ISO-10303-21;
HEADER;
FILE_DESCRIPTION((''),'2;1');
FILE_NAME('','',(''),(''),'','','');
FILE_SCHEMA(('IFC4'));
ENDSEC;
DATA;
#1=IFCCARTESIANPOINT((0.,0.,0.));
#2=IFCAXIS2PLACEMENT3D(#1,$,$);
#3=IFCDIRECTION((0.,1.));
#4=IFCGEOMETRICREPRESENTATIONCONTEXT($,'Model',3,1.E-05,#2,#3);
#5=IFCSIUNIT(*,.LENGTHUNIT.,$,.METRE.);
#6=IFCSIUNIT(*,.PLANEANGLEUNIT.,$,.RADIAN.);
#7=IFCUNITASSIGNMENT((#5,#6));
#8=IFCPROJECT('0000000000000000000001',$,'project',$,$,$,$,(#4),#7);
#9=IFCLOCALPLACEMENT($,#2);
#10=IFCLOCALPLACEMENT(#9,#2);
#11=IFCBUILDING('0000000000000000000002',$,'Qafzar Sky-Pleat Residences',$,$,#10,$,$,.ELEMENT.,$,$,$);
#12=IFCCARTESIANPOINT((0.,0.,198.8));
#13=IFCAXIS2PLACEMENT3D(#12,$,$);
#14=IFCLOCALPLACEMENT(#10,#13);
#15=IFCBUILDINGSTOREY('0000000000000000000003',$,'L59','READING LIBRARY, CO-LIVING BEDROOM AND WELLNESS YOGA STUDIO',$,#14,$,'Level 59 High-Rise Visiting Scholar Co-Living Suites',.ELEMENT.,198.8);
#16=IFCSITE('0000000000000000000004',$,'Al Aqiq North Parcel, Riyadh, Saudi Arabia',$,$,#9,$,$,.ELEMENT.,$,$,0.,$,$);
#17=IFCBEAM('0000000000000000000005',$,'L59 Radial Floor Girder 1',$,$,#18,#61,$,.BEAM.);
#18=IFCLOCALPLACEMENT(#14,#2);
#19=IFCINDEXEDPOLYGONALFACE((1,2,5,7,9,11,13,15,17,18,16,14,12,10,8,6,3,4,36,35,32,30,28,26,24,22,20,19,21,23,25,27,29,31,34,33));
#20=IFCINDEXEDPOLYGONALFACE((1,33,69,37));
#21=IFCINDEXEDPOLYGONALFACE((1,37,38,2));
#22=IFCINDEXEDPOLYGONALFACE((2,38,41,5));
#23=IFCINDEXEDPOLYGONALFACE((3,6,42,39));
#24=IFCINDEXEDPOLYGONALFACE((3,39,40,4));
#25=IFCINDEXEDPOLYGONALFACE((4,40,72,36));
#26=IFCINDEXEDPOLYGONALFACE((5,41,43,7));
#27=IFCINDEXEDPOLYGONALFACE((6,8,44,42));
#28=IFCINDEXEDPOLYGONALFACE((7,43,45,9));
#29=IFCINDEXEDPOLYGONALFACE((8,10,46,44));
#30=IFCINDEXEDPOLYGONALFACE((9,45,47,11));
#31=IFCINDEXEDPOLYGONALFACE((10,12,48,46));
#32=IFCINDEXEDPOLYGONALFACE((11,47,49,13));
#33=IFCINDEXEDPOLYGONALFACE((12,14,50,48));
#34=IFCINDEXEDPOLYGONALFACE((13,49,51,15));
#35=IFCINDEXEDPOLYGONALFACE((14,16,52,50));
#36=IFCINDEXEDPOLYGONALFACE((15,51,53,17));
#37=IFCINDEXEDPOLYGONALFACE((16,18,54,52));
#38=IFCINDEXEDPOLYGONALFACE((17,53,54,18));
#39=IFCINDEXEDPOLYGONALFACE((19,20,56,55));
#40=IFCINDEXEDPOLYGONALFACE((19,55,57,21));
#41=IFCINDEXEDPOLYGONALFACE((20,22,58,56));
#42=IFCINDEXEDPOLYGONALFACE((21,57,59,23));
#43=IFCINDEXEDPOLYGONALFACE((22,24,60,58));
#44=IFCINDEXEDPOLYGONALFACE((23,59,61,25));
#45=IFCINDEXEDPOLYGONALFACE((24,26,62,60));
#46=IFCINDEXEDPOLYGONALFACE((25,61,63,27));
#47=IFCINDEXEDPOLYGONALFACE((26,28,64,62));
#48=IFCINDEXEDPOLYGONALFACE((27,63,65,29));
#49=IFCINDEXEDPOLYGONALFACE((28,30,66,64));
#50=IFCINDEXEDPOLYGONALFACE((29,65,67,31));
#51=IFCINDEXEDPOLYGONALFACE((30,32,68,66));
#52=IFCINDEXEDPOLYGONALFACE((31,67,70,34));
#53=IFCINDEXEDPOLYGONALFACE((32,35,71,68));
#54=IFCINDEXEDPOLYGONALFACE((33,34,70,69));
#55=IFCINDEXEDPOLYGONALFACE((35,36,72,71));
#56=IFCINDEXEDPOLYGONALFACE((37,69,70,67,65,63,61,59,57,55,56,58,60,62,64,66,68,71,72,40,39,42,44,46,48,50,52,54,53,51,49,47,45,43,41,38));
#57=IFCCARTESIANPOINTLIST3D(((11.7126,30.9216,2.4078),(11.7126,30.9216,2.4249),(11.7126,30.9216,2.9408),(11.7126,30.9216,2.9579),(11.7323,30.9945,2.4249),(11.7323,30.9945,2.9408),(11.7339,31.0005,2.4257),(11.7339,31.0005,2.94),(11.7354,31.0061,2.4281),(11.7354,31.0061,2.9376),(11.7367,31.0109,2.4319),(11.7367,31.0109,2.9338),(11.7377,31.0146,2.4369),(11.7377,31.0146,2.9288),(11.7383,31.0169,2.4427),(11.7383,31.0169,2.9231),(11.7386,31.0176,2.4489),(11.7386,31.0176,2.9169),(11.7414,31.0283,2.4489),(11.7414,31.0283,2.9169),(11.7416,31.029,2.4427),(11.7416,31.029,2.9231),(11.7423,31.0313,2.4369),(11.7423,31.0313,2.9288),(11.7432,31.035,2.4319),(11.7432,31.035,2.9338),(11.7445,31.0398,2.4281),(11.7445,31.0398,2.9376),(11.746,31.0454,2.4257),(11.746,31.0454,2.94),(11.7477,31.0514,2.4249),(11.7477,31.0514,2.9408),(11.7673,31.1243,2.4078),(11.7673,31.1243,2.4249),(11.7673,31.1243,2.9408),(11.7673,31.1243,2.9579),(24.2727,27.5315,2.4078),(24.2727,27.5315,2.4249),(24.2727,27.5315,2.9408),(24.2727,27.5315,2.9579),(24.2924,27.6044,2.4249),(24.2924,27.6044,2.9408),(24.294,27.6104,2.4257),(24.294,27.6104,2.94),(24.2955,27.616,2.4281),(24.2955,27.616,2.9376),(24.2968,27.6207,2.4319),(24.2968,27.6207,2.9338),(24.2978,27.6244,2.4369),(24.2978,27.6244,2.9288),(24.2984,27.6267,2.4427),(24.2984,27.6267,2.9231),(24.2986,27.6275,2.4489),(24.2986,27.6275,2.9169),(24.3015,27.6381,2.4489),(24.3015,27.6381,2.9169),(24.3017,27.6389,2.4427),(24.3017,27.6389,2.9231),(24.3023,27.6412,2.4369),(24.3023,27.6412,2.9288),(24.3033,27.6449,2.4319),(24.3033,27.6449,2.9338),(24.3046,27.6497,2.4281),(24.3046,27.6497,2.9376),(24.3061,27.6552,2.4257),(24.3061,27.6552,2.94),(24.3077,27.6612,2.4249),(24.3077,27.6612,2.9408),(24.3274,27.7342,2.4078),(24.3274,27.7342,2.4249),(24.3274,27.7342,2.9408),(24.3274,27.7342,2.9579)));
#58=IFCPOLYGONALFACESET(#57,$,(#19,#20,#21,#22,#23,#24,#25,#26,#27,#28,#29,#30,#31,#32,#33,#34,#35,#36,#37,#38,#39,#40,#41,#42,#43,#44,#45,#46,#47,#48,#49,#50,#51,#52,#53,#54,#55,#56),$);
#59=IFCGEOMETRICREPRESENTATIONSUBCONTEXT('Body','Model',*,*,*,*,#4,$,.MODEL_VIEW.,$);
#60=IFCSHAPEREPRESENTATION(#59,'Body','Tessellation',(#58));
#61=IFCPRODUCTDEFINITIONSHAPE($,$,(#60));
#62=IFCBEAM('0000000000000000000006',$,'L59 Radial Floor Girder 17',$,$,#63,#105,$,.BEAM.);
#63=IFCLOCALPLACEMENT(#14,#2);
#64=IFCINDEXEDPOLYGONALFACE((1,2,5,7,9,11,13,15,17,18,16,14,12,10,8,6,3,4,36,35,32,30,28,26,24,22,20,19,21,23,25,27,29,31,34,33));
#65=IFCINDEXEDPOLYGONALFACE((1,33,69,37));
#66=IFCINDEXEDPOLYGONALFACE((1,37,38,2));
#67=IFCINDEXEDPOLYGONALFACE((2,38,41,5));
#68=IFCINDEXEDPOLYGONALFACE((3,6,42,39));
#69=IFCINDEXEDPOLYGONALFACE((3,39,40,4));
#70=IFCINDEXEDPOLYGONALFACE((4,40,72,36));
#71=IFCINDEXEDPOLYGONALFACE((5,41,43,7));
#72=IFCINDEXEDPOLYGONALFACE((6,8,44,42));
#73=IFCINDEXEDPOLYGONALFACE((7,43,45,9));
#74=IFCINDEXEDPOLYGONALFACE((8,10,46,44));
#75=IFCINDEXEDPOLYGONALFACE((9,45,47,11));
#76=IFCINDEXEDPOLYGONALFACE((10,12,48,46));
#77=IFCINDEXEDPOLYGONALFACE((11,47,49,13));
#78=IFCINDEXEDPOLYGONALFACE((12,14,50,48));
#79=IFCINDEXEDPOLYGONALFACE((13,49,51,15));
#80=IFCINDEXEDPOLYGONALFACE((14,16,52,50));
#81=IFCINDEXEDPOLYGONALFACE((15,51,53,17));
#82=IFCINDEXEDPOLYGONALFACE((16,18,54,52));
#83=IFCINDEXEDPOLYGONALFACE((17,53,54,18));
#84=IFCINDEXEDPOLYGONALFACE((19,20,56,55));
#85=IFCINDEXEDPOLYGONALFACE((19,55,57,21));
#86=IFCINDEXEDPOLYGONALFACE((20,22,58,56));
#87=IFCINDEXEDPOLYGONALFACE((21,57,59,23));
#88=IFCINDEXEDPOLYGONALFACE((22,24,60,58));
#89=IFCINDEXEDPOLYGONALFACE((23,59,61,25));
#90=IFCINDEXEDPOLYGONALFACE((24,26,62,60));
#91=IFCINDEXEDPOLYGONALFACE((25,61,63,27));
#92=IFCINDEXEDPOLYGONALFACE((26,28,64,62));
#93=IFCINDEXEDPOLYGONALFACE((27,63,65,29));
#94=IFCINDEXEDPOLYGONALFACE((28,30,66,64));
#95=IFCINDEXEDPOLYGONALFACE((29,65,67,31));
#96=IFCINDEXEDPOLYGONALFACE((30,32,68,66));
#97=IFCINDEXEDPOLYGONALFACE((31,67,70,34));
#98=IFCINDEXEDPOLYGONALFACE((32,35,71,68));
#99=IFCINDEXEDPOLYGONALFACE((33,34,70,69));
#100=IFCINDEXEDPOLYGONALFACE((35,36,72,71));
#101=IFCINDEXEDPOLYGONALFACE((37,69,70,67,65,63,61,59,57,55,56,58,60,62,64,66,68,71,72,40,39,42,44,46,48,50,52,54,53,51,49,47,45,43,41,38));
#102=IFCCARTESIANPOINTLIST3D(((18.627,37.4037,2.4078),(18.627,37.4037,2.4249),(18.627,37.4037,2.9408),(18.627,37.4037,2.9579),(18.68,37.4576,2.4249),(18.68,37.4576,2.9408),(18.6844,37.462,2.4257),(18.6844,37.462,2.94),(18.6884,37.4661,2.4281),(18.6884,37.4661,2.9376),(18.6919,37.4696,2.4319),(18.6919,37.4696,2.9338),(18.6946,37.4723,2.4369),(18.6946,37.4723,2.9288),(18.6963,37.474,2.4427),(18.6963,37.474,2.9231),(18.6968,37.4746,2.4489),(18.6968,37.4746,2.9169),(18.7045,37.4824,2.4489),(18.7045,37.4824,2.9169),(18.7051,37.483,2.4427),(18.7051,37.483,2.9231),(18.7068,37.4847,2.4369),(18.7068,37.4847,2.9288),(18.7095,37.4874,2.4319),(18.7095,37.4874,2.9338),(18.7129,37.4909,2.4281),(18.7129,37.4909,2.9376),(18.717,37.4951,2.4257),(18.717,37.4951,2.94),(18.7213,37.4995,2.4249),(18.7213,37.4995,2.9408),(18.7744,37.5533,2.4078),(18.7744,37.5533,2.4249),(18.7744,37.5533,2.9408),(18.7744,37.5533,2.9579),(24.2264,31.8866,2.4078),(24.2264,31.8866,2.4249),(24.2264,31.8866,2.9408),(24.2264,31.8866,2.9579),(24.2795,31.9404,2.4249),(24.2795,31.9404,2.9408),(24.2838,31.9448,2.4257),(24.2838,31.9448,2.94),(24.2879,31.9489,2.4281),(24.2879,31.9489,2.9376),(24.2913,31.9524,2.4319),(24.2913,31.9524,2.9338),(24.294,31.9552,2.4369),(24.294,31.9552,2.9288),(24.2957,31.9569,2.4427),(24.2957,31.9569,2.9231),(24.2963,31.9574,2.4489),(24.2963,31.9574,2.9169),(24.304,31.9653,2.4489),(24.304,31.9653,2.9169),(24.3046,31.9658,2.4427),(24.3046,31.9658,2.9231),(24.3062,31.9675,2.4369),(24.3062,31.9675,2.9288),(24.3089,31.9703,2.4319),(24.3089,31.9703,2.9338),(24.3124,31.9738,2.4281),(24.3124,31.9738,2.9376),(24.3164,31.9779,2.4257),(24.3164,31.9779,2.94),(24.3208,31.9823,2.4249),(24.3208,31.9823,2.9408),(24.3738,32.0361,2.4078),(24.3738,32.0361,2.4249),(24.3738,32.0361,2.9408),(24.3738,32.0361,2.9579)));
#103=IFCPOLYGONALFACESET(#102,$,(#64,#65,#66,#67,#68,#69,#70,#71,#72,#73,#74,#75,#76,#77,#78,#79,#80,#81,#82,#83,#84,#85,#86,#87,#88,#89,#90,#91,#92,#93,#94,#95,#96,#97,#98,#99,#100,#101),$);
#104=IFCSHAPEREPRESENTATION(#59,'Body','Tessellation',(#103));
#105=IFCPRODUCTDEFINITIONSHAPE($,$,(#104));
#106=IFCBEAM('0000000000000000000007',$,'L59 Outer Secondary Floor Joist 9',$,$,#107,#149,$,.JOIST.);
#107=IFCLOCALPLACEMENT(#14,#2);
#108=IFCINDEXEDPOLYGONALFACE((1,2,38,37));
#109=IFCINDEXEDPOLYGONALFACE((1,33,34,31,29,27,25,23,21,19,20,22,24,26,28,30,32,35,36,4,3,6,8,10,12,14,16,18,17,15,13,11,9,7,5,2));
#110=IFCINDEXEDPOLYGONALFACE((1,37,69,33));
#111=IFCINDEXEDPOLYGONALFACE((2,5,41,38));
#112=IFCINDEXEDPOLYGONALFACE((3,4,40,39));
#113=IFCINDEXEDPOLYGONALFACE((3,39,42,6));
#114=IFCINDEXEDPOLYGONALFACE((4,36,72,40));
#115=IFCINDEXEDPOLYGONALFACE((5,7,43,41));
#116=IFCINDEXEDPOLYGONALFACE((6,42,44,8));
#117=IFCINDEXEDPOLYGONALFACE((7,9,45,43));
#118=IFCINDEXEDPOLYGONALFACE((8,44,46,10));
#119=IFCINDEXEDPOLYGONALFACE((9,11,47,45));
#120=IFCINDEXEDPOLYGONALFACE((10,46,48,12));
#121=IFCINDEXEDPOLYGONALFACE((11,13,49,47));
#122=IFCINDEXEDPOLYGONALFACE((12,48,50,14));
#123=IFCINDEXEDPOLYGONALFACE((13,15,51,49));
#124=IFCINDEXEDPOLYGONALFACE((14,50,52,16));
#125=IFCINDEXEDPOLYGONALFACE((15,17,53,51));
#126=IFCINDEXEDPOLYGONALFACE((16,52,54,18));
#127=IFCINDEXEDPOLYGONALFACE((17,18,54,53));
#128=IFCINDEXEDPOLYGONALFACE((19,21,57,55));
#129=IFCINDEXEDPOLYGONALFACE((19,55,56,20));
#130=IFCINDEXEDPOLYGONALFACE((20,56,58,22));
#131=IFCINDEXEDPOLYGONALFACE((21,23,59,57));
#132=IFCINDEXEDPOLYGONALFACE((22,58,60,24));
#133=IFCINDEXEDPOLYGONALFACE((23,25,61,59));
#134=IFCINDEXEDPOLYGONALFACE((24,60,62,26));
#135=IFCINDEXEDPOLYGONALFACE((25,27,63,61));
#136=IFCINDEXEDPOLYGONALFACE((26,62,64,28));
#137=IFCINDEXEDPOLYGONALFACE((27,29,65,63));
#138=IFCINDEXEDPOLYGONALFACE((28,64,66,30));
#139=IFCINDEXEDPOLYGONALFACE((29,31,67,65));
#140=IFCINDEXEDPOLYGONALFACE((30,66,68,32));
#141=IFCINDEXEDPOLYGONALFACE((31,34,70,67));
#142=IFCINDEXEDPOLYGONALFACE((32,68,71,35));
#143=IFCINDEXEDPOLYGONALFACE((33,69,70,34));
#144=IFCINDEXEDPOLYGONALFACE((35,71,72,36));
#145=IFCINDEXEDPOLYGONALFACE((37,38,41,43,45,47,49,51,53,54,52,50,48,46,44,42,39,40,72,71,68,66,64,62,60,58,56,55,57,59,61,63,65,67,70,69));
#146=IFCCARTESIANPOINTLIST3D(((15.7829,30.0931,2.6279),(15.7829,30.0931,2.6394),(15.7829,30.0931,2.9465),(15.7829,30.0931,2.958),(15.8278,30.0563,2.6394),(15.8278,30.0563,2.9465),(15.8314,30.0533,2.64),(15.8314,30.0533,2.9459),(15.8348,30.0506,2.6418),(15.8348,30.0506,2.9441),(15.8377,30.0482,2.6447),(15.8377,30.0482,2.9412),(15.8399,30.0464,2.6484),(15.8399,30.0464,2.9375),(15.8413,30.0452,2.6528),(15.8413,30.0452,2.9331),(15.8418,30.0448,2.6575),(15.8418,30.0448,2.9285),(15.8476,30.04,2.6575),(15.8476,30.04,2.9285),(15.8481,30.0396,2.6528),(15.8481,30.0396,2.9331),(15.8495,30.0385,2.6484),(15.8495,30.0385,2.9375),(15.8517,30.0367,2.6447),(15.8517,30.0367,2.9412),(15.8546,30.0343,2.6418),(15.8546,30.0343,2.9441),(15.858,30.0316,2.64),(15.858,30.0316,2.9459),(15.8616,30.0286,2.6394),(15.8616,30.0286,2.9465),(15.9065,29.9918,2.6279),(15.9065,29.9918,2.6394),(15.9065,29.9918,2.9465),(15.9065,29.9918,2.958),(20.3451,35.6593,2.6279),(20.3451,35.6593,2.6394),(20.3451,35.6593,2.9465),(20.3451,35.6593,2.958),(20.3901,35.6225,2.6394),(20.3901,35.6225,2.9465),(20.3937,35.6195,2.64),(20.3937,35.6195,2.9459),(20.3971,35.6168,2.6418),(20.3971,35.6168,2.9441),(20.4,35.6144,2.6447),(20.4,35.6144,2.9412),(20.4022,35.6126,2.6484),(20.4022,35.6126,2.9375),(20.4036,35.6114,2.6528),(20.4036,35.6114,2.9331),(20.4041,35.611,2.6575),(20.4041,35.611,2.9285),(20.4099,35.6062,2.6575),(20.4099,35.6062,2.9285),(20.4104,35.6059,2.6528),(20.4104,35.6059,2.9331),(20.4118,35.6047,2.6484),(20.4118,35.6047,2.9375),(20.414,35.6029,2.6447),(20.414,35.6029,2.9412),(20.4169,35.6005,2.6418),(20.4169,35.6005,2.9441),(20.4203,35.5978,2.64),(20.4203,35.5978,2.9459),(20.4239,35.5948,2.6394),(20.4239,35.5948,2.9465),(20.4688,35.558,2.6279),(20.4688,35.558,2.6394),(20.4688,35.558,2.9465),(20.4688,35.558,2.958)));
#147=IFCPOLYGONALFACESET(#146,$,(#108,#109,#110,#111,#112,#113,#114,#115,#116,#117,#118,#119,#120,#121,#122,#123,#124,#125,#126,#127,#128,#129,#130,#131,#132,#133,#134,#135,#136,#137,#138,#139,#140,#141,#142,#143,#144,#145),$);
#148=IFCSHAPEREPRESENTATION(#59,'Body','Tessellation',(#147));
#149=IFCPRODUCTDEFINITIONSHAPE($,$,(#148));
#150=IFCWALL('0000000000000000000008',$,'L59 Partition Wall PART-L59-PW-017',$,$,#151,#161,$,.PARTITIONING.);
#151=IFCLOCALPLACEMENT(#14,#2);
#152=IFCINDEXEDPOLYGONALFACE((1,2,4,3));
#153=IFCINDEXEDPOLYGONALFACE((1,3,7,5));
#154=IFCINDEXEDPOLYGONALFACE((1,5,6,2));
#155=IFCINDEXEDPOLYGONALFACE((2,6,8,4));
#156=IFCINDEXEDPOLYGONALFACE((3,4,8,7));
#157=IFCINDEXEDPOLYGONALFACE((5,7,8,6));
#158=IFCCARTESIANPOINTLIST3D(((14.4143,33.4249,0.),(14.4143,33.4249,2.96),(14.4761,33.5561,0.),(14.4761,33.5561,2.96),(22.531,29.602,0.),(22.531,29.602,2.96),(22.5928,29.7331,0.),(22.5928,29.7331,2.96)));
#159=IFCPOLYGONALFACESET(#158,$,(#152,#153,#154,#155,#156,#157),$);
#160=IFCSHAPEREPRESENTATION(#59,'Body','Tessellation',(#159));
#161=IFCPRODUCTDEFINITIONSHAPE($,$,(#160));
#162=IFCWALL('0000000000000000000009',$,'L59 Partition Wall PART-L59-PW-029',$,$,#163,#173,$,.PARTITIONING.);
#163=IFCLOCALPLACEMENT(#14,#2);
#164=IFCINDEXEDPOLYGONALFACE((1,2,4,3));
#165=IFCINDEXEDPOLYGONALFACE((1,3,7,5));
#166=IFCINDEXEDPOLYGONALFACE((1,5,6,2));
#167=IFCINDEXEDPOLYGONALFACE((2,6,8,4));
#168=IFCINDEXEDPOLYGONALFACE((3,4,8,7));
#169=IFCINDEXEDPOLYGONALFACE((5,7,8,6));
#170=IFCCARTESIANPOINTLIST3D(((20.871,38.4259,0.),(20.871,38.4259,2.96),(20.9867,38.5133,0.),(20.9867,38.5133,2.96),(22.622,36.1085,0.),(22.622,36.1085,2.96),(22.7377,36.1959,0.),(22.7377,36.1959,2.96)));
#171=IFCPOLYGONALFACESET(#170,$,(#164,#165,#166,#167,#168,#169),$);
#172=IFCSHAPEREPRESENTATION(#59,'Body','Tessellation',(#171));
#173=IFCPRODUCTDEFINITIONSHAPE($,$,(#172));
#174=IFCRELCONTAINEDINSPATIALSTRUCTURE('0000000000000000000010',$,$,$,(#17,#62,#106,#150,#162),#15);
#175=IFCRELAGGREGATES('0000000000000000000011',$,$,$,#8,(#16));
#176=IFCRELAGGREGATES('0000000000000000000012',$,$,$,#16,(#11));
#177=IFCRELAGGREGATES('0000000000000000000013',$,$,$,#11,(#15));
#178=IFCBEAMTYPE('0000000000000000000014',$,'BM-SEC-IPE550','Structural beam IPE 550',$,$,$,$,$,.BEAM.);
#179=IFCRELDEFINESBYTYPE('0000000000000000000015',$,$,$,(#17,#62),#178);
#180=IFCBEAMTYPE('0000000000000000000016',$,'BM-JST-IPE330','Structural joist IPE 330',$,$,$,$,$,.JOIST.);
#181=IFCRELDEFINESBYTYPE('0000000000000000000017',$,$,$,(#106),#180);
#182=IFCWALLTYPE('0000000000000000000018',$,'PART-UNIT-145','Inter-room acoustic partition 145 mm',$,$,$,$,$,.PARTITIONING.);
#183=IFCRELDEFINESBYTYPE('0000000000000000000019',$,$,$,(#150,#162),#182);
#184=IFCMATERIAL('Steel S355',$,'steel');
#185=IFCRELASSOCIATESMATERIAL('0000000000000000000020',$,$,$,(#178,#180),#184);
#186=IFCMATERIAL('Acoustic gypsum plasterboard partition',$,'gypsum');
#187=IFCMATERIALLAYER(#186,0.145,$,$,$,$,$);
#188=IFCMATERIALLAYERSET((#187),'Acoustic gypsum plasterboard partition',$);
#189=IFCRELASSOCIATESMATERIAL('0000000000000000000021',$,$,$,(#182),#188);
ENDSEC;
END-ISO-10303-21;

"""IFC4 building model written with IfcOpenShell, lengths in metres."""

from ifc_helpers import new_model, si_unit, direction, frame, frame_2d, origin, origin_2d, place, context, subcontext, project, spatial, rectangle, i_section, extrude, source, transform, mapped, material, layer, layer_set, material_profile, profile_set, type_object, element, save


model = new_model("IFC4")

# Units and contexts
model_context = context("Model", 3, precision=1e-05, world=origin(), true_north=direction((0.0, 1.0)))
body_context = subcontext(model_context, "Body", "Model", "MODEL_VIEW")
ifc_project = project(units=[si_unit("LENGTHUNIT", "METRE"), si_unit("PLANEANGLEUNIT", "RADIAN")], contexts=[model_context])

# Site, building, storey
site_placement = place(None, origin())
site = spatial("IfcSite", under=ifc_project, at=site_placement, Name="Al Aqiq North Parcel, Riyadh, Saudi Arabia", CompositionType="ELEMENT", RefElevation=0.0)
building_placement = place(site_placement, origin())
building = spatial("IfcBuilding", under=site, at=building_placement, Name="Qafzar Sky-Pleat Residences", CompositionType="ELEMENT")
storey_placement = place(building_placement, frame((0.0, 0.0, 198.8)))
storey = spatial("IfcBuildingStorey", under=building, at=storey_placement, Name="L59", Description="READING LIBRARY, CO-LIVING BEDROOM AND WELLNESS YOGA STUDIO", LongName="Level 59 High-Rise Visiting Scholar Co-Living Suites", CompositionType="ELEMENT", Elevation=198.8)

# Shared definitions
ifc_material_1 = material(Name="Steel S355", Category="steel")

# Beams
ifc_material_profile_1 = material_profile(ifc_material_1, i_section(OverallWidth=0.21, OverallDepth=0.55, WebThickness=0.011, FlangeThickness=0.0171, FilletRadius=0.0239, at=origin_2d()), Name="IPE 550")
ifc_profile_set_1 = profile_set([ifc_material_profile_1], Name="Steel S355")
beam_type_1 = type_object("IfcBeamType", Name="BM-SEC-IPE550", Description="Structural beam IPE 550", PredefinedType="BEAM", material=ifc_profile_set_1)
shared_shape_1 = source(origin(), body_context, "Body", "SweptSolid", [
    extrude(i_section(OverallWidth=0.21, OverallDepth=0.55, WebThickness=0.011, FlangeThickness=0.0171, FilletRadius=0.0239, at=origin_2d()), origin(), (0.0, 0.0, 1.0), 13.0095),
])
beam_1_placement = place(storey_placement, frame((11.74, 31.0229, 2.6829), z_axis=(0.96545, -0.260589, 0.0), x_axis=(0.260589, 0.96545, 0.0)))
element("IfcBeam", 1, at=beam_1_placement, inside=storey, type_object=beam_type_1, Name="L59 Radial Floor Girder 1", PredefinedType="BEAM", context=body_context, shape_type="MappedRepresentation", body=[
    mapped(shared_shape_1, transform((0.0, 0.0, 0.0), x_axis=(1.0, 0.0, 0.0), y_axis=(0.0, 1.0, 0.0), z_axis=(0.0, 0.0, 1.0), scale=1.0)),
])
shared_shape_2 = source(origin(), body_context, "Body", "SweptSolid", [
    extrude(i_section(OverallWidth=0.21, OverallDepth=0.55, WebThickness=0.011, FlangeThickness=0.0171, FilletRadius=0.0239, at=origin_2d()), origin(), (0.0, 0.0, 1.0), 7.8608),
])
beam_2_placement = place(storey_placement, frame((18.7007, 37.4785, 2.6829), z_axis=(0.712321, -0.701854, 0.0), x_axis=(0.701854, 0.712321, 0.0)))
element("IfcBeam", 2, at=beam_2_placement, inside=storey, type_object=beam_type_1, Name="L59 Radial Floor Girder 17", PredefinedType="BEAM", context=body_context, shape_type="MappedRepresentation", body=[
    mapped(shared_shape_2, transform((0.0, 0.0, 0.0), x_axis=(1.0, 0.0, 0.0), y_axis=(0.0, 1.0, 0.0), z_axis=(0.0, 0.0, 1.0), scale=1.0)),
])
ifc_material_profile_2 = material_profile(ifc_material_1, i_section(OverallWidth=0.1599, OverallDepth=0.3301, WebThickness=0.0076, FlangeThickness=0.0115, FilletRadius=0.0181, at=origin_2d()), Name="IPE 330")
ifc_profile_set_2 = profile_set([ifc_material_profile_2], Name="Steel S355")
beam_type_2 = type_object("IfcBeamType", Name="BM-JST-IPE330", Description="Structural joist IPE 330", PredefinedType="JOIST", material=ifc_profile_set_2)
shared_shape_3 = source(origin(), body_context, "Body", "SweptSolid", [
    extrude(i_section(OverallWidth=0.1599, OverallDepth=0.3301, WebThickness=0.0076, FlangeThickness=0.0115, FilletRadius=0.0181, at=origin_2d()), origin(), (0.0, 0.0, 1.0), 7.197),
])
beam_3_placement = place(storey_placement, frame((20.407, 35.6086, 2.793), z_axis=(-0.633914, -0.773404, 0.0), x_axis=(0.773404, -0.633914, 0.0)))
element("IfcBeam", 3, at=beam_3_placement, inside=storey, type_object=beam_type_2, Name="L59 Outer Secondary Floor Joist 9", PredefinedType="JOIST", context=body_context, shape_type="MappedRepresentation", body=[
    mapped(shared_shape_3, transform((0.0, 0.0, 0.0), x_axis=(1.0, 0.0, 0.0), y_axis=(0.0, 1.0, 0.0), z_axis=(0.0, 0.0, 1.0), scale=1.0)),
])

# Walls
ifc_material_2 = material(Name="Acoustic gypsum plasterboard partition", Category="gypsum")
ifc_layer_1 = layer(ifc_material_2, 0.145)
ifc_layer_set_1 = layer_set([ifc_layer_1], Name="Acoustic gypsum plasterboard partition")
wall_type_1 = type_object("IfcWallType", Name="PART-UNIT-145", Description="Inter-room acoustic partition 145 mm", PredefinedType="PARTITIONING", material=ifc_layer_set_1)
wall_1_placement = place(storey_placement, frame((14.4453, 33.4905, 0.0), z_axis=(0.0, 0.0, 1.0), x_axis=(0.904674, -0.426105, 0.0)))
element("IfcWall", 4, at=wall_1_placement, inside=storey, type_object=wall_type_1, Name="L59 Partition Wall PART-L59-PW-017", PredefinedType="PARTITIONING", context=body_context, shape_type="SweptSolid", body=[
    extrude(rectangle(XDim=8.9719, YDim=0.145, at=frame_2d((4.4858, 0.0))), origin(), (0.0, 0.0, 1.0), 2.96),
])
wall_2_placement = place(storey_placement, frame((20.929, 38.4695, 0.0), z_axis=(0.0, 0.0, 1.0), x_axis=(0.602847, -0.797857, 0.0)))
element("IfcWall", 5, at=wall_2_placement, inside=storey, type_object=wall_type_1, Name="L59 Partition Wall PART-L59-PW-029", PredefinedType="PARTITIONING", context=body_context, shape_type="SweptSolid", body=[
    extrude(rectangle(XDim=2.9045, YDim=0.145, at=frame_2d((1.4521, 0.0))), origin(), (0.0, 0.0, 1.0), 2.96),
])

save(model, "model.ifc")
